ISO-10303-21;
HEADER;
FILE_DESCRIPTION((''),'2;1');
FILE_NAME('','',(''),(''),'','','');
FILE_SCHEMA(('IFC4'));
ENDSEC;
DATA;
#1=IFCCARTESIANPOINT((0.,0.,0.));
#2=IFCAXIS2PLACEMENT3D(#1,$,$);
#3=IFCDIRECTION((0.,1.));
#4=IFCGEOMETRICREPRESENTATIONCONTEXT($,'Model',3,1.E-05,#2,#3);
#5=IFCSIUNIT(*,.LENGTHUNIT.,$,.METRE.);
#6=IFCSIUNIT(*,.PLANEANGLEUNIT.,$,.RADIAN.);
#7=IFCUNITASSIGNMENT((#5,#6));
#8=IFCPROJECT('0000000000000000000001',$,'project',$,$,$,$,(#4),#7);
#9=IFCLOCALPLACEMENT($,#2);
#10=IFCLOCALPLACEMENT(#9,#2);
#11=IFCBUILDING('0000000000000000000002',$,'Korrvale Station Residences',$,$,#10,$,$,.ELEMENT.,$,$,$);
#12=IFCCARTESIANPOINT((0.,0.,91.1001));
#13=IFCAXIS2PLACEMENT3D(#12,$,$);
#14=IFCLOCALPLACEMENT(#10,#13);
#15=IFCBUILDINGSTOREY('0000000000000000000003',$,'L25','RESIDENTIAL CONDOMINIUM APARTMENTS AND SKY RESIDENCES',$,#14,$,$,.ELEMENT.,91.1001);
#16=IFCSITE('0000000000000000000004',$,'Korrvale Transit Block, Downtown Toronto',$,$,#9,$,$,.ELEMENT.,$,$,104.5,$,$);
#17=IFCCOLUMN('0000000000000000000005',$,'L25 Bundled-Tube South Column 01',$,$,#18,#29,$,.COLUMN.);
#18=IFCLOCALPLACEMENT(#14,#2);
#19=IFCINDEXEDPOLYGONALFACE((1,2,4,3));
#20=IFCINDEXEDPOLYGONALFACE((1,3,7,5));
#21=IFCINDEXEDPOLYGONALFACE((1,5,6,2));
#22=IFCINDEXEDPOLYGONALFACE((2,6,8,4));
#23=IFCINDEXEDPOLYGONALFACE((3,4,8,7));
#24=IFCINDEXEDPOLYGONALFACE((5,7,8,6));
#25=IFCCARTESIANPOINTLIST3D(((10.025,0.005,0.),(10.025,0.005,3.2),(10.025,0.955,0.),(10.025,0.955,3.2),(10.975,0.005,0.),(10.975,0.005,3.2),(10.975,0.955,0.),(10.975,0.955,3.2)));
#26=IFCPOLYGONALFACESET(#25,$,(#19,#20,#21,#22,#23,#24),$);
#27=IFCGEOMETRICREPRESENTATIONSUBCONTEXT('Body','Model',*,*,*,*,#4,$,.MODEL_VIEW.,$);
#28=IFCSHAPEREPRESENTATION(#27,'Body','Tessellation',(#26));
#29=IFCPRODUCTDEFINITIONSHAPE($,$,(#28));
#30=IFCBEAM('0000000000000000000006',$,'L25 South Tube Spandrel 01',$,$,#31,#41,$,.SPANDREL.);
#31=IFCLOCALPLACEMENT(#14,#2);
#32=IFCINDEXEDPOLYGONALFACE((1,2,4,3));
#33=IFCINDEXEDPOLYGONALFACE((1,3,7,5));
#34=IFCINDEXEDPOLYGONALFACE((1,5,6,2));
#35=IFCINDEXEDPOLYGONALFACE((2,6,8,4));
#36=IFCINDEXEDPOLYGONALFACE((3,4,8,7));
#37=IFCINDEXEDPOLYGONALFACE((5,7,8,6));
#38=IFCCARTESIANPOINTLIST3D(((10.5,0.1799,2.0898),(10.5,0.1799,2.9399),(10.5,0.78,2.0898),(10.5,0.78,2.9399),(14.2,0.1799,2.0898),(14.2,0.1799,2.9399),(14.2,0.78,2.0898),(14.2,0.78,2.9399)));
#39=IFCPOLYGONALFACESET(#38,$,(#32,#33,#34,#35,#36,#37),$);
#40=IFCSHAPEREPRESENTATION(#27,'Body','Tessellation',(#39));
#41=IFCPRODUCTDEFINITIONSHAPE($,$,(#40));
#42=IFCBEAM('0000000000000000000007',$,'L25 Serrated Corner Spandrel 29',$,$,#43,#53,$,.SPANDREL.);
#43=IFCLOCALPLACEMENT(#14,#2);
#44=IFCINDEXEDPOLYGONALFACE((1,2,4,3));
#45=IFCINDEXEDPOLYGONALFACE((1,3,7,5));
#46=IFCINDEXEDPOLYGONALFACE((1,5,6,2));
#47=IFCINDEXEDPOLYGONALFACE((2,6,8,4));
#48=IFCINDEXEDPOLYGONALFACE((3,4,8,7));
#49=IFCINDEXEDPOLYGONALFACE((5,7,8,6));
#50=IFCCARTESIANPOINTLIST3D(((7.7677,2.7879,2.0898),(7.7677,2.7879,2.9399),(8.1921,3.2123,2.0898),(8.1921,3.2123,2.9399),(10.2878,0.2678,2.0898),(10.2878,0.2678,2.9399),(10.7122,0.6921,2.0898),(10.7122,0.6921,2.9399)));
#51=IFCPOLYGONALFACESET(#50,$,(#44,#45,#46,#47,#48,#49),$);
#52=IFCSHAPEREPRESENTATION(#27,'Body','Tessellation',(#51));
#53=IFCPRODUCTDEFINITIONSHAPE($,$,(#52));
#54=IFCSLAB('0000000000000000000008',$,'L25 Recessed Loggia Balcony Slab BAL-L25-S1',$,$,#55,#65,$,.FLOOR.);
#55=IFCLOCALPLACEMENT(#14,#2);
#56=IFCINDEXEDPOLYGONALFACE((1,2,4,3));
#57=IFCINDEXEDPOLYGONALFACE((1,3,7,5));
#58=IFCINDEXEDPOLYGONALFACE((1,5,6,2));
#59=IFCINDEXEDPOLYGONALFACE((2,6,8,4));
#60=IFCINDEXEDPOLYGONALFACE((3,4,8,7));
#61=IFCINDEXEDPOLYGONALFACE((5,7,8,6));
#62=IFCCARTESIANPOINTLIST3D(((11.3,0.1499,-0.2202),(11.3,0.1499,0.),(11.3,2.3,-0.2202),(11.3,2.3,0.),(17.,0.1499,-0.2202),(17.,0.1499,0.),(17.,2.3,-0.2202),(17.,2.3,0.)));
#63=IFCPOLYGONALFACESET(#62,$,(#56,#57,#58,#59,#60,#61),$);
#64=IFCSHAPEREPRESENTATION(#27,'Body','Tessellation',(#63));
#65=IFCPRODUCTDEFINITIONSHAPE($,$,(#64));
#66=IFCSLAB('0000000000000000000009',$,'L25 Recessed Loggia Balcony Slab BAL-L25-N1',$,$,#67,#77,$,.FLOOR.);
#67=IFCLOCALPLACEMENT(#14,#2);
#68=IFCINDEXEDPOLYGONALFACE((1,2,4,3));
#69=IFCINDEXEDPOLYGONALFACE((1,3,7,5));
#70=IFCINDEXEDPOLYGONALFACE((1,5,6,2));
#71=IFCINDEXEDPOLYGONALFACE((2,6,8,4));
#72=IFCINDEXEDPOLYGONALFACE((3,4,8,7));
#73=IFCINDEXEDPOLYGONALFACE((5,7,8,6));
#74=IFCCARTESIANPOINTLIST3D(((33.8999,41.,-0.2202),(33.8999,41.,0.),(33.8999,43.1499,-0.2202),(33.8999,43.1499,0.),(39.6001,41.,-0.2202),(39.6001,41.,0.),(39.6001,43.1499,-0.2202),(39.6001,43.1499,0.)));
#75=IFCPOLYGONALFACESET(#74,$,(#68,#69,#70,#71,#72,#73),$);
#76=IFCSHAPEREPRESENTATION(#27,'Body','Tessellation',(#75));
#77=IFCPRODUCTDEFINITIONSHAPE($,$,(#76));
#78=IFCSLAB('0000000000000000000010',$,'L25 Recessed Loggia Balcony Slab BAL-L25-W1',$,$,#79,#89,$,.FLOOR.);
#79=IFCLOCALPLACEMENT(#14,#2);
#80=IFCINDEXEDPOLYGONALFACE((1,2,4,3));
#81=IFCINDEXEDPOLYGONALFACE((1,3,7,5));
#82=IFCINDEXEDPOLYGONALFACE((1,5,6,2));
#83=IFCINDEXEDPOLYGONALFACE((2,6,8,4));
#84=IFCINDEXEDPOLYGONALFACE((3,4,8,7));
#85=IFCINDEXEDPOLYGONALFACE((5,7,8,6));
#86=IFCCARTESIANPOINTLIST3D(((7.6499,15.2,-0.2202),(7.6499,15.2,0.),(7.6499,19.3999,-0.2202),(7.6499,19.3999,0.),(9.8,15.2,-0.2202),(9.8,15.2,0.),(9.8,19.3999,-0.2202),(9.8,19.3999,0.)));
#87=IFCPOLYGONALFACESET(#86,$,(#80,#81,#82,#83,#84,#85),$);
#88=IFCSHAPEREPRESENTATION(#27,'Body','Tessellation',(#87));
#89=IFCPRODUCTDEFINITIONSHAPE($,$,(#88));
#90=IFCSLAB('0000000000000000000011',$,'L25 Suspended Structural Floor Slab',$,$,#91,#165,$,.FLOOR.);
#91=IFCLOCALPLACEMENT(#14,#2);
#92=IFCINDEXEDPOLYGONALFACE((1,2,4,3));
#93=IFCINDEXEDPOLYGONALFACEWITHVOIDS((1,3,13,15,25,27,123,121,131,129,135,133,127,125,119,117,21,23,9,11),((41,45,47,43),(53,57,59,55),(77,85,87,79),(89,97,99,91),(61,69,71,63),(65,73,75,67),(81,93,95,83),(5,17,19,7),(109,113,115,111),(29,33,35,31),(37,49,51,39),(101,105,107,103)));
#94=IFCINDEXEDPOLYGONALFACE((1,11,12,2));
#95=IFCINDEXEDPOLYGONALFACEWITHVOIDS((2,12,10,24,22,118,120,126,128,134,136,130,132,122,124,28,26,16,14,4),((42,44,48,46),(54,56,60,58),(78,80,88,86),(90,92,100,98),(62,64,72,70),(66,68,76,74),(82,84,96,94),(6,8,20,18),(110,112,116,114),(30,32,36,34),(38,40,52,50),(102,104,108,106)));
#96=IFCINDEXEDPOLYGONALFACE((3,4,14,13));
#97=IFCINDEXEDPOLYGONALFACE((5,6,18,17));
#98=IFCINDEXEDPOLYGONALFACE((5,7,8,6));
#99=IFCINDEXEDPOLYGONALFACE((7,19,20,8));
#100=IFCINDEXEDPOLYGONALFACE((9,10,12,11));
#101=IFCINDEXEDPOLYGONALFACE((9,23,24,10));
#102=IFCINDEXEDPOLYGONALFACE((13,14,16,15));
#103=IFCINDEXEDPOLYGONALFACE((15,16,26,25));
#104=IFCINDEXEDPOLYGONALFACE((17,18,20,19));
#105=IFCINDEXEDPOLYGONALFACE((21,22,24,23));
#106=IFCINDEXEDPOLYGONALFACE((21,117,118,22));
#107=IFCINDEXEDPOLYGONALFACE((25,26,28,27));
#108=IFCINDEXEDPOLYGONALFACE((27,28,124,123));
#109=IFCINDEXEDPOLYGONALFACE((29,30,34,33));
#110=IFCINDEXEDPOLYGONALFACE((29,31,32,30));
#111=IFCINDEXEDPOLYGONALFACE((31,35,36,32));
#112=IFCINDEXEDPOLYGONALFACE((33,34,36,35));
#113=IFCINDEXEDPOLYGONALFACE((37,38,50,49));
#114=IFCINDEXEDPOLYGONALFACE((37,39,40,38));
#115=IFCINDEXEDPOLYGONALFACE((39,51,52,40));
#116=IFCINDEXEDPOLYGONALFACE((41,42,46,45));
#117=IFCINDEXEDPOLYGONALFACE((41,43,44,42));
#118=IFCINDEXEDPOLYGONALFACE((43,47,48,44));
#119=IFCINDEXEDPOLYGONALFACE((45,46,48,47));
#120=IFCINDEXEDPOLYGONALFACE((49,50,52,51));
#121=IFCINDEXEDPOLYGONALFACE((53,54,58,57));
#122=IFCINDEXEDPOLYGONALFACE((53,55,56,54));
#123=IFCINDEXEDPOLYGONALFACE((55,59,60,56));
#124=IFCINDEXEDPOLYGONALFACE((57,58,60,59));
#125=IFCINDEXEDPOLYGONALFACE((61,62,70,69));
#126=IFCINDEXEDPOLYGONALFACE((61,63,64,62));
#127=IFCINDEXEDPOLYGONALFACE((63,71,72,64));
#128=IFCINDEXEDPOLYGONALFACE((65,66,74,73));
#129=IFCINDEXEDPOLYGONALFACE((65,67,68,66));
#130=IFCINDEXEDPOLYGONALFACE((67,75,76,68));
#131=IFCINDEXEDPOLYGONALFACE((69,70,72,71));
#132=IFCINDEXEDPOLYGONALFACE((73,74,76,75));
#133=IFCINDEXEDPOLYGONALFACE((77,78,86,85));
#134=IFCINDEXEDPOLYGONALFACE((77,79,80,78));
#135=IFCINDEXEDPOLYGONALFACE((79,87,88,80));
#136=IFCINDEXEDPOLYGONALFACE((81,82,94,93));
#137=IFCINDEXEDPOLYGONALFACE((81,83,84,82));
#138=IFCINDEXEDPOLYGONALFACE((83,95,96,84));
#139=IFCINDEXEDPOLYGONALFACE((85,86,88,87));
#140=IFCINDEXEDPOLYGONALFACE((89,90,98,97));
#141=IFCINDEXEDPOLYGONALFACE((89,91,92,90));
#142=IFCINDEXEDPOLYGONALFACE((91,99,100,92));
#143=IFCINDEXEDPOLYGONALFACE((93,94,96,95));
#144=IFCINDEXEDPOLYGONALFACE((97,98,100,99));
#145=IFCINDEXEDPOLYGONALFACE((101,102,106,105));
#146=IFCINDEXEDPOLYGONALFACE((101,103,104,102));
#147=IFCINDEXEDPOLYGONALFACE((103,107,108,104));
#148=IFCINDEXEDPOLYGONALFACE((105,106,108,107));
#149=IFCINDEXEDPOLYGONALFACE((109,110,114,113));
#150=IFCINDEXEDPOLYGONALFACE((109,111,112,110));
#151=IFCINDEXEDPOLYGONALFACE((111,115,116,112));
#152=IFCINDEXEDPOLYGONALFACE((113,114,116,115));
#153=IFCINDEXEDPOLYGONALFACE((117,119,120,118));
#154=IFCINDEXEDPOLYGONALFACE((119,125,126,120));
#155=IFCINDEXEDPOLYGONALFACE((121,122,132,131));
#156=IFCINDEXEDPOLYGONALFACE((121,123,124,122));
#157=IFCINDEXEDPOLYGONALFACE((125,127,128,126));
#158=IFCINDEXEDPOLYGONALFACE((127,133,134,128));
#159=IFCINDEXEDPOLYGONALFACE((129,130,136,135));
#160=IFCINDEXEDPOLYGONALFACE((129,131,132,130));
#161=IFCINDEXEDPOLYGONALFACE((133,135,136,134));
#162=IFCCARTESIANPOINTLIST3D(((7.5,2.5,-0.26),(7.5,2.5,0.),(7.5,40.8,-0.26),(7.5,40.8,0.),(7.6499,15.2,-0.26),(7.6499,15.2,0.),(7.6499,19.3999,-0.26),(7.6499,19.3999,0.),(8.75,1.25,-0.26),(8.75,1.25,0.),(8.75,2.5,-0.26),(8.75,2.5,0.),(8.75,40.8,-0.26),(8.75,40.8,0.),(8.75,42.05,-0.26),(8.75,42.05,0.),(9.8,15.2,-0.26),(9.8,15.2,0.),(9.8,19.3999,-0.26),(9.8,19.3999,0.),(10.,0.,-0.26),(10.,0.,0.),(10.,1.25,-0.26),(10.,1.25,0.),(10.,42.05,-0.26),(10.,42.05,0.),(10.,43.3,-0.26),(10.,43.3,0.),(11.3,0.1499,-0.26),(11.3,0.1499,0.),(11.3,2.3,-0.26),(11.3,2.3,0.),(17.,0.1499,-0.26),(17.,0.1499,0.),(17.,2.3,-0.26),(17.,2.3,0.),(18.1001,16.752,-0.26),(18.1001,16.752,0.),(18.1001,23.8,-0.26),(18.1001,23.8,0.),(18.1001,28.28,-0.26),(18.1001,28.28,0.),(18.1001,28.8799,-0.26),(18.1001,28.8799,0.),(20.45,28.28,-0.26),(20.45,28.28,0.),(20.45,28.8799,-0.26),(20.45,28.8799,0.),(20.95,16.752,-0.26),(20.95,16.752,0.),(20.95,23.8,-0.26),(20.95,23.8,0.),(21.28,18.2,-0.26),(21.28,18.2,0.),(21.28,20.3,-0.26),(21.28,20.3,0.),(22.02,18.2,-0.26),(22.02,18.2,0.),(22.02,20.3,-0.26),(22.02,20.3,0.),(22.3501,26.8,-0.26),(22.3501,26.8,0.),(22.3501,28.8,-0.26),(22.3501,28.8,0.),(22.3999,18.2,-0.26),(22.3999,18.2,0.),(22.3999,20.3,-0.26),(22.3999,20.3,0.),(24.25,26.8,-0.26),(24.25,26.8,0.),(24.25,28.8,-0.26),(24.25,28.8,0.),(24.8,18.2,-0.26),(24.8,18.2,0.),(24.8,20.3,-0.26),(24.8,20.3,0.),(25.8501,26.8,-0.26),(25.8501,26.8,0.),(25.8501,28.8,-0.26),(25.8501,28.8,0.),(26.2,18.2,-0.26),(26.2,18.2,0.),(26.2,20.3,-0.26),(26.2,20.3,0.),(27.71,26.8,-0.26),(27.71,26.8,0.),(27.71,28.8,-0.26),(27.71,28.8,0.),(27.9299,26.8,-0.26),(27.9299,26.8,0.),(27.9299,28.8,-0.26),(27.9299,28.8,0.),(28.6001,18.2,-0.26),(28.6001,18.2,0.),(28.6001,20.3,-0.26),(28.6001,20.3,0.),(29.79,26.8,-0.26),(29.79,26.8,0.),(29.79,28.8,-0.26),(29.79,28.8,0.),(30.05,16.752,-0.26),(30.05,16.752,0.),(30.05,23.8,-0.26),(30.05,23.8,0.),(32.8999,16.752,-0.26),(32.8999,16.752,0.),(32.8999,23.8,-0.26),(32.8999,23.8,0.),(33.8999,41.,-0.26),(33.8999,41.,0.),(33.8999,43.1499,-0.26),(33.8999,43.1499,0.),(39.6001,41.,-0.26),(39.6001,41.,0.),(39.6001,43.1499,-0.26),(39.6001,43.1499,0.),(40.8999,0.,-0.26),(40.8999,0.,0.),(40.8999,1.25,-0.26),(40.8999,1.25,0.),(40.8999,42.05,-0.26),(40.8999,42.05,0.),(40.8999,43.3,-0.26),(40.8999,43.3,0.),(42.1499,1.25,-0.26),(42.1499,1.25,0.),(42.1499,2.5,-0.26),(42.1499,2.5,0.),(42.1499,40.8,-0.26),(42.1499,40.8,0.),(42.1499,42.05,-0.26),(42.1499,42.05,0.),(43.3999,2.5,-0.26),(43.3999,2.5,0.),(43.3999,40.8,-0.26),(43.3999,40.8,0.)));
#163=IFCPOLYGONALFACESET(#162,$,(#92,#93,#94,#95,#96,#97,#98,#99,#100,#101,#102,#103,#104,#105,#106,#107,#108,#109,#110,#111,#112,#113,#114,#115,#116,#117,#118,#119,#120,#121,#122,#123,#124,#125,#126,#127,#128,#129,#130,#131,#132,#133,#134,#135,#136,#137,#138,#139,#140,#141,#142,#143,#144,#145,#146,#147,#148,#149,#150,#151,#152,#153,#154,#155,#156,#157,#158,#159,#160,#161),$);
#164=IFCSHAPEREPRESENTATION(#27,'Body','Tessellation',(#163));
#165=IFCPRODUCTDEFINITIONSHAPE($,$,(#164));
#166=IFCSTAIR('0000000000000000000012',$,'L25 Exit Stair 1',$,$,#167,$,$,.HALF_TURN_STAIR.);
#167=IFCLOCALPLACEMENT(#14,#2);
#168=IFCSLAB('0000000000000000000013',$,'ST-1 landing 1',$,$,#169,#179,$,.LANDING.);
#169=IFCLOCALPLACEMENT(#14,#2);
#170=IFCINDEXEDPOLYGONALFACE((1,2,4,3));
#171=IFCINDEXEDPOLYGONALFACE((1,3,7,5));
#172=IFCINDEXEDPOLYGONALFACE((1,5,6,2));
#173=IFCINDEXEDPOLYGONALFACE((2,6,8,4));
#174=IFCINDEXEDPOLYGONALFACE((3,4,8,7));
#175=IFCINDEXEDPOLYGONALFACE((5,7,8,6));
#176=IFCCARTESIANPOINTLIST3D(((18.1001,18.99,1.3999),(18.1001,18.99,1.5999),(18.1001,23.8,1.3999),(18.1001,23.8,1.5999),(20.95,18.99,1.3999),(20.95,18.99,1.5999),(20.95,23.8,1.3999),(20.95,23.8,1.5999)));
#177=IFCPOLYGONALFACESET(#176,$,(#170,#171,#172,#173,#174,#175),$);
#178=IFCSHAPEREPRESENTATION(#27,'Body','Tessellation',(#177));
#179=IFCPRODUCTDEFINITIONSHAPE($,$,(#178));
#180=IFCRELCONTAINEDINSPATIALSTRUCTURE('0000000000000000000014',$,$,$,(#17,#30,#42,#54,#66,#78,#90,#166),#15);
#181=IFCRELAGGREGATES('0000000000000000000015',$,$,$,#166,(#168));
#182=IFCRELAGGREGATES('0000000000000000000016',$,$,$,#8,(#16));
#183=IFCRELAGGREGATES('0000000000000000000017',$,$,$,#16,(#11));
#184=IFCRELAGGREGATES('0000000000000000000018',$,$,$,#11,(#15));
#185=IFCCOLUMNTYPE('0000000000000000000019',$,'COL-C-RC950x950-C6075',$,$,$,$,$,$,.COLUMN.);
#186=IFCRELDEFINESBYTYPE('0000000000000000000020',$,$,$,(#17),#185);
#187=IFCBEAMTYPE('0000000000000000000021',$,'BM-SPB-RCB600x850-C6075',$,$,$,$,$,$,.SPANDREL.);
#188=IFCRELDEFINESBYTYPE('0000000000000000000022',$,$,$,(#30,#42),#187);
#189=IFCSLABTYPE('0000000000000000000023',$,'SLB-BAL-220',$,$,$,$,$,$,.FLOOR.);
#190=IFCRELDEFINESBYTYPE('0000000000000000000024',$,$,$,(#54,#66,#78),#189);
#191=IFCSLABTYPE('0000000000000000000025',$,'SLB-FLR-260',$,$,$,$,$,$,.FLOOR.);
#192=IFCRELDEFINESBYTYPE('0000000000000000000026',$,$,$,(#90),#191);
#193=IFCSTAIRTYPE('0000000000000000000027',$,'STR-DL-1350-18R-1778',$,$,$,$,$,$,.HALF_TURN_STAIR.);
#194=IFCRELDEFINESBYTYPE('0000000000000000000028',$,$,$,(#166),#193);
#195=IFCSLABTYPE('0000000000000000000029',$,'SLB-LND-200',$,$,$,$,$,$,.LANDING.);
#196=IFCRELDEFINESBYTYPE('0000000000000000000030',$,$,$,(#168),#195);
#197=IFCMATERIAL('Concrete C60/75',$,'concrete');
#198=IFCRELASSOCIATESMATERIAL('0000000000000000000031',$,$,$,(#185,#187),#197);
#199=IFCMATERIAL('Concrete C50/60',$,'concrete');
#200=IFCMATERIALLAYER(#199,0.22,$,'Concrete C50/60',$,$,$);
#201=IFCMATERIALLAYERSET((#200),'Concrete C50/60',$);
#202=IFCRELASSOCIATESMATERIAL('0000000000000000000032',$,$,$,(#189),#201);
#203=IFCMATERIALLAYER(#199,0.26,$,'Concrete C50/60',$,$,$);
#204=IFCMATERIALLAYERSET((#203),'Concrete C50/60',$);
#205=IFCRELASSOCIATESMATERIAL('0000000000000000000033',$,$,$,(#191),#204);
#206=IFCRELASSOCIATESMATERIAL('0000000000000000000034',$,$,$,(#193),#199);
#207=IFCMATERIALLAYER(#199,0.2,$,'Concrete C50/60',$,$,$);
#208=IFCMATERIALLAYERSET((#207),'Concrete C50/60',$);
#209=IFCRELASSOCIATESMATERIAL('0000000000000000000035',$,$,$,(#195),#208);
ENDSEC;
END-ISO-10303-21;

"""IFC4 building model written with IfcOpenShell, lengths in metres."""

from ifc_helpers import new_model, si_unit, direction, frame, origin, origin_2d, place, context, subcontext, project, spatial, polyline, rectangle, outline, extrude, material, layer, layer_set, material_profile, profile_set, type_object, element, aggregate, save


model = new_model("IFC4")

# Units and contexts
model_context = context("Model", 3, precision=1e-05, world=origin(), true_north=direction((0.0, 1.0)))
body_context = subcontext(model_context, "Body", "Model", "MODEL_VIEW")
ifc_project = project(units=[si_unit("LENGTHUNIT", "METRE"), si_unit("PLANEANGLEUNIT", "RADIAN")], contexts=[model_context])

# Site, building, storey
site_placement = place(None, origin())
site = spatial("IfcSite", under=ifc_project, at=site_placement, Name="Korrvale Transit Block, Downtown Toronto", CompositionType="ELEMENT", RefElevation=104.5)
building_placement = place(site_placement, origin())
building = spatial("IfcBuilding", under=site, at=building_placement, Name="Korrvale Station Residences", CompositionType="ELEMENT")
storey_placement = place(building_placement, frame((0.0, 0.0, 91.1001)))
storey = spatial("IfcBuildingStorey", under=building, at=storey_placement, Name="L25", Description="RESIDENTIAL CONDOMINIUM APARTMENTS AND SKY RESIDENCES", CompositionType="ELEMENT", Elevation=91.1001)

# Column
ifc_material_1 = material(Name="Concrete C60/75", Category="concrete")
ifc_material_profile_1 = material_profile(ifc_material_1, rectangle(XDim=0.95, YDim=0.95, at=origin_2d()), Name="RC950x950")
ifc_profile_set_1 = profile_set([ifc_material_profile_1], Name="Concrete C60/75")
column_type = type_object("IfcColumnType", Name="COL-C-RC950x950-C6075", PredefinedType="COLUMN", material=ifc_profile_set_1)
column_placement = place(storey_placement, frame((10.5, 0.48, 0.0), z_axis=(0.0, 0.0, 1.0), x_axis=(1.0, 0.0, 0.0)))
element("IfcColumn", 1, at=column_placement, inside=storey, type_object=column_type, Name="L25 Bundled-Tube South Column 01", PredefinedType="COLUMN", context=body_context, shape_type="SweptSolid", body=[
    extrude(rectangle(XDim=0.95, YDim=0.95, at=origin_2d()), origin(), (0.0, 0.0, 1.0), 3.2),
])

# Beams
ifc_material_profile_2 = material_profile(ifc_material_1, rectangle(XDim=0.6001, YDim=0.8501, at=origin_2d()), Name="RCB600x850")
ifc_profile_set_2 = profile_set([ifc_material_profile_2], Name="Concrete C60/75")
beam_type = type_object("IfcBeamType", Name="BM-SPB-RCB600x850-C6075", PredefinedType="SPANDREL", material=ifc_profile_set_2)
beam_1_placement = place(storey_placement, frame((10.5, 0.48, 2.5149), z_axis=(1.0, 0.0, 0.0), x_axis=(0.0, 1.0, 0.0)))
element("IfcBeam", 2, at=beam_1_placement, inside=storey, type_object=beam_type, Name="L25 South Tube Spandrel 01", PredefinedType="SPANDREL", context=body_context, shape_type="SweptSolid", body=[
    extrude(rectangle(XDim=0.6001, YDim=0.8501, at=origin_2d()), origin(), (0.0, 0.0, 1.0), 3.7),
])
beam_2_placement = place(storey_placement, frame((10.5, 0.48, 2.5149), z_axis=(-0.707107, 0.707107, 0.0), x_axis=(-0.707107, -0.707107, 0.0)))
element("IfcBeam", 3, at=beam_2_placement, inside=storey, type_object=beam_type, Name="L25 Serrated Corner Spandrel 29", PredefinedType="SPANDREL", context=body_context, shape_type="SweptSolid", body=[
    extrude(rectangle(XDim=0.6001, YDim=0.8501, at=origin_2d()), origin(), (0.0, 0.0, 1.0), 3.564),
])

# Slabs
ifc_material_2 = material(Name="Concrete C50/60", Category="concrete")
ifc_layer_1 = layer(ifc_material_2, 0.22, Name="Concrete C50/60")
ifc_layer_set_1 = layer_set([ifc_layer_1], Name="Concrete C50/60")
slab_type_1 = type_object("IfcSlabType", Name="SLB-BAL-220", PredefinedType="FLOOR", material=ifc_layer_set_1)
slab_1_placement = place(storey_placement, frame((0.0, 0.0, -0.2202)))
element("IfcSlab", 4, at=slab_1_placement, inside=storey, type_object=slab_type_1, Name="L25 Recessed Loggia Balcony Slab BAL-L25-S1", PredefinedType="FLOOR", context=body_context, shape_type="SweptSolid", body=[
    extrude(outline(polyline([(11.3, 0.1499), (17.0, 0.1499), (17.0, 2.3), (11.3, 2.3), (11.3, 0.1499)])), origin(), (0.0, 0.0, 1.0), 0.2202),
])
slab_2_placement = place(storey_placement, frame((0.0, 0.0, -0.2202)))
element("IfcSlab", 5, at=slab_2_placement, inside=storey, type_object=slab_type_1, Name="L25 Recessed Loggia Balcony Slab BAL-L25-N1", PredefinedType="FLOOR", context=body_context, shape_type="SweptSolid", body=[
    extrude(outline(polyline([(33.8999, 41.0), (39.6001, 41.0), (39.6001, 43.1499), (33.8999, 43.1499), (33.8999, 41.0)])), origin(), (0.0, 0.0, 1.0), 0.2202),
])
slab_3_placement = place(storey_placement, frame((0.0, 0.0, -0.2202)))
element("IfcSlab", 6, at=slab_3_placement, inside=storey, type_object=slab_type_1, Name="L25 Recessed Loggia Balcony Slab BAL-L25-W1", PredefinedType="FLOOR", context=body_context, shape_type="SweptSolid", body=[
    extrude(outline(polyline([(7.6499, 15.2), (9.8, 15.2), (9.8, 19.3999), (7.6499, 19.3999), (7.6499, 15.2)])), origin(), (0.0, 0.0, 1.0), 0.2202),
])
ifc_layer_2 = layer(ifc_material_2, 0.26, Name="Concrete C50/60")
ifc_layer_set_2 = layer_set([ifc_layer_2], Name="Concrete C50/60")
slab_type_2 = type_object("IfcSlabType", Name="SLB-FLR-260", PredefinedType="FLOOR", material=ifc_layer_set_2)
slab_4_placement = place(storey_placement, frame((0.0, 0.0, -0.26)))
element("IfcSlab", 7, at=slab_4_placement, inside=storey, type_object=slab_type_2, Name="L25 Suspended Structural Floor Slab", PredefinedType="FLOOR", context=body_context, shape_type="SweptSolid", body=[
    extrude(outline(polyline([(10.0, 0.0), (40.8999, 0.0), (40.8999, 1.25), (42.1499, 1.25), (42.1499, 2.5), (43.3999, 2.5), (43.3999, 40.8), (42.1499, 40.8), (42.1499, 42.05), (40.8999, 42.05), (40.8999, 43.3), (10.0, 43.3), (10.0, 42.05), (8.75, 42.05), (8.75, 40.8), (7.5, 40.8), (7.5, 2.5), (8.75, 2.5), (8.75, 1.25), (10.0, 1.25), (10.0, 0.0)]), holes=[polyline([(20.95, 16.752), (20.95, 23.8), (18.1001, 23.8), (18.1001, 16.752), (20.95, 16.752)]), polyline([(32.8999, 16.752), (32.8999, 23.8), (30.05, 23.8), (30.05, 16.752), (32.8999, 16.752)]), polyline([(22.3501, 26.8), (24.25, 26.8), (24.25, 28.8), (22.3501, 28.8), (22.3501, 26.8)]), polyline([(25.8501, 26.8), (27.71, 26.8), (27.71, 28.8), (25.8501, 28.8), (25.8501, 26.8)]), polyline([(27.9299, 26.8), (29.79, 26.8), (29.79, 28.8), (27.9299, 28.8), (27.9299, 26.8)]), polyline([(22.3999, 18.2), (24.8, 18.2), (24.8, 20.3), (22.3999, 20.3), (22.3999, 18.2)]), polyline([(26.2, 18.2), (28.6001, 18.2), (28.6001, 20.3), (26.2, 20.3), (26.2, 18.2)]), polyline([(18.1001, 28.28), (20.45, 28.28), (20.45, 28.8799), (18.1001, 28.8799), (18.1001, 28.28)]), polyline([(21.28, 18.2), (22.02, 18.2), (22.02, 20.3), (21.28, 20.3), (21.28, 18.2)]), polyline([(11.3, 0.1499), (17.0, 0.1499), (17.0, 2.3), (11.3, 2.3), (11.3, 0.1499)]), polyline([(33.8999, 41.0), (39.6001, 41.0), (39.6001, 43.1499), (33.8999, 43.1499), (33.8999, 41.0)]), polyline([(7.6499, 15.2), (9.8, 15.2), (9.8, 19.3999), (7.6499, 19.3999), (7.6499, 15.2)])]), origin(), (0.0, 0.0, 1.0), 0.26),
])

# Stair, slab
stair_type = type_object("IfcStairType", Name="STR-DL-1350-18R-1778", PredefinedType="HALF_TURN_STAIR", material=ifc_material_2)
stair_1_placement = place(storey_placement, origin())
stair_1 = element("IfcStair", 8, at=stair_1_placement, inside=storey, type_object=stair_type, Name="L25 Exit Stair 1", PredefinedType="HALF_TURN_STAIR")
ifc_layer_3 = layer(ifc_material_2, 0.2, Name="Concrete C50/60")
ifc_layer_set_3 = layer_set([ifc_layer_3], Name="Concrete C50/60")
slab_type_3 = type_object("IfcSlabType", Name="SLB-LND-200", PredefinedType="LANDING", material=ifc_layer_set_3)
slab_5_placement = place(storey_placement, frame((0.0, 0.0, 1.3999)))
slab_5 = element("IfcSlab", 9, at=slab_5_placement, type_object=slab_type_3, Name="ST-1 landing 1", PredefinedType="LANDING", context=body_context, shape_type="SweptSolid", body=[
    extrude(outline(polyline([(20.95, 18.99), (20.95, 23.8), (18.1001, 23.8), (18.1001, 18.99), (20.95, 18.99)])), origin(), (0.0, 0.0, 1.0), 0.2),
])
aggregate(stair_1, [slab_5])

save(model, "model.ifc")
